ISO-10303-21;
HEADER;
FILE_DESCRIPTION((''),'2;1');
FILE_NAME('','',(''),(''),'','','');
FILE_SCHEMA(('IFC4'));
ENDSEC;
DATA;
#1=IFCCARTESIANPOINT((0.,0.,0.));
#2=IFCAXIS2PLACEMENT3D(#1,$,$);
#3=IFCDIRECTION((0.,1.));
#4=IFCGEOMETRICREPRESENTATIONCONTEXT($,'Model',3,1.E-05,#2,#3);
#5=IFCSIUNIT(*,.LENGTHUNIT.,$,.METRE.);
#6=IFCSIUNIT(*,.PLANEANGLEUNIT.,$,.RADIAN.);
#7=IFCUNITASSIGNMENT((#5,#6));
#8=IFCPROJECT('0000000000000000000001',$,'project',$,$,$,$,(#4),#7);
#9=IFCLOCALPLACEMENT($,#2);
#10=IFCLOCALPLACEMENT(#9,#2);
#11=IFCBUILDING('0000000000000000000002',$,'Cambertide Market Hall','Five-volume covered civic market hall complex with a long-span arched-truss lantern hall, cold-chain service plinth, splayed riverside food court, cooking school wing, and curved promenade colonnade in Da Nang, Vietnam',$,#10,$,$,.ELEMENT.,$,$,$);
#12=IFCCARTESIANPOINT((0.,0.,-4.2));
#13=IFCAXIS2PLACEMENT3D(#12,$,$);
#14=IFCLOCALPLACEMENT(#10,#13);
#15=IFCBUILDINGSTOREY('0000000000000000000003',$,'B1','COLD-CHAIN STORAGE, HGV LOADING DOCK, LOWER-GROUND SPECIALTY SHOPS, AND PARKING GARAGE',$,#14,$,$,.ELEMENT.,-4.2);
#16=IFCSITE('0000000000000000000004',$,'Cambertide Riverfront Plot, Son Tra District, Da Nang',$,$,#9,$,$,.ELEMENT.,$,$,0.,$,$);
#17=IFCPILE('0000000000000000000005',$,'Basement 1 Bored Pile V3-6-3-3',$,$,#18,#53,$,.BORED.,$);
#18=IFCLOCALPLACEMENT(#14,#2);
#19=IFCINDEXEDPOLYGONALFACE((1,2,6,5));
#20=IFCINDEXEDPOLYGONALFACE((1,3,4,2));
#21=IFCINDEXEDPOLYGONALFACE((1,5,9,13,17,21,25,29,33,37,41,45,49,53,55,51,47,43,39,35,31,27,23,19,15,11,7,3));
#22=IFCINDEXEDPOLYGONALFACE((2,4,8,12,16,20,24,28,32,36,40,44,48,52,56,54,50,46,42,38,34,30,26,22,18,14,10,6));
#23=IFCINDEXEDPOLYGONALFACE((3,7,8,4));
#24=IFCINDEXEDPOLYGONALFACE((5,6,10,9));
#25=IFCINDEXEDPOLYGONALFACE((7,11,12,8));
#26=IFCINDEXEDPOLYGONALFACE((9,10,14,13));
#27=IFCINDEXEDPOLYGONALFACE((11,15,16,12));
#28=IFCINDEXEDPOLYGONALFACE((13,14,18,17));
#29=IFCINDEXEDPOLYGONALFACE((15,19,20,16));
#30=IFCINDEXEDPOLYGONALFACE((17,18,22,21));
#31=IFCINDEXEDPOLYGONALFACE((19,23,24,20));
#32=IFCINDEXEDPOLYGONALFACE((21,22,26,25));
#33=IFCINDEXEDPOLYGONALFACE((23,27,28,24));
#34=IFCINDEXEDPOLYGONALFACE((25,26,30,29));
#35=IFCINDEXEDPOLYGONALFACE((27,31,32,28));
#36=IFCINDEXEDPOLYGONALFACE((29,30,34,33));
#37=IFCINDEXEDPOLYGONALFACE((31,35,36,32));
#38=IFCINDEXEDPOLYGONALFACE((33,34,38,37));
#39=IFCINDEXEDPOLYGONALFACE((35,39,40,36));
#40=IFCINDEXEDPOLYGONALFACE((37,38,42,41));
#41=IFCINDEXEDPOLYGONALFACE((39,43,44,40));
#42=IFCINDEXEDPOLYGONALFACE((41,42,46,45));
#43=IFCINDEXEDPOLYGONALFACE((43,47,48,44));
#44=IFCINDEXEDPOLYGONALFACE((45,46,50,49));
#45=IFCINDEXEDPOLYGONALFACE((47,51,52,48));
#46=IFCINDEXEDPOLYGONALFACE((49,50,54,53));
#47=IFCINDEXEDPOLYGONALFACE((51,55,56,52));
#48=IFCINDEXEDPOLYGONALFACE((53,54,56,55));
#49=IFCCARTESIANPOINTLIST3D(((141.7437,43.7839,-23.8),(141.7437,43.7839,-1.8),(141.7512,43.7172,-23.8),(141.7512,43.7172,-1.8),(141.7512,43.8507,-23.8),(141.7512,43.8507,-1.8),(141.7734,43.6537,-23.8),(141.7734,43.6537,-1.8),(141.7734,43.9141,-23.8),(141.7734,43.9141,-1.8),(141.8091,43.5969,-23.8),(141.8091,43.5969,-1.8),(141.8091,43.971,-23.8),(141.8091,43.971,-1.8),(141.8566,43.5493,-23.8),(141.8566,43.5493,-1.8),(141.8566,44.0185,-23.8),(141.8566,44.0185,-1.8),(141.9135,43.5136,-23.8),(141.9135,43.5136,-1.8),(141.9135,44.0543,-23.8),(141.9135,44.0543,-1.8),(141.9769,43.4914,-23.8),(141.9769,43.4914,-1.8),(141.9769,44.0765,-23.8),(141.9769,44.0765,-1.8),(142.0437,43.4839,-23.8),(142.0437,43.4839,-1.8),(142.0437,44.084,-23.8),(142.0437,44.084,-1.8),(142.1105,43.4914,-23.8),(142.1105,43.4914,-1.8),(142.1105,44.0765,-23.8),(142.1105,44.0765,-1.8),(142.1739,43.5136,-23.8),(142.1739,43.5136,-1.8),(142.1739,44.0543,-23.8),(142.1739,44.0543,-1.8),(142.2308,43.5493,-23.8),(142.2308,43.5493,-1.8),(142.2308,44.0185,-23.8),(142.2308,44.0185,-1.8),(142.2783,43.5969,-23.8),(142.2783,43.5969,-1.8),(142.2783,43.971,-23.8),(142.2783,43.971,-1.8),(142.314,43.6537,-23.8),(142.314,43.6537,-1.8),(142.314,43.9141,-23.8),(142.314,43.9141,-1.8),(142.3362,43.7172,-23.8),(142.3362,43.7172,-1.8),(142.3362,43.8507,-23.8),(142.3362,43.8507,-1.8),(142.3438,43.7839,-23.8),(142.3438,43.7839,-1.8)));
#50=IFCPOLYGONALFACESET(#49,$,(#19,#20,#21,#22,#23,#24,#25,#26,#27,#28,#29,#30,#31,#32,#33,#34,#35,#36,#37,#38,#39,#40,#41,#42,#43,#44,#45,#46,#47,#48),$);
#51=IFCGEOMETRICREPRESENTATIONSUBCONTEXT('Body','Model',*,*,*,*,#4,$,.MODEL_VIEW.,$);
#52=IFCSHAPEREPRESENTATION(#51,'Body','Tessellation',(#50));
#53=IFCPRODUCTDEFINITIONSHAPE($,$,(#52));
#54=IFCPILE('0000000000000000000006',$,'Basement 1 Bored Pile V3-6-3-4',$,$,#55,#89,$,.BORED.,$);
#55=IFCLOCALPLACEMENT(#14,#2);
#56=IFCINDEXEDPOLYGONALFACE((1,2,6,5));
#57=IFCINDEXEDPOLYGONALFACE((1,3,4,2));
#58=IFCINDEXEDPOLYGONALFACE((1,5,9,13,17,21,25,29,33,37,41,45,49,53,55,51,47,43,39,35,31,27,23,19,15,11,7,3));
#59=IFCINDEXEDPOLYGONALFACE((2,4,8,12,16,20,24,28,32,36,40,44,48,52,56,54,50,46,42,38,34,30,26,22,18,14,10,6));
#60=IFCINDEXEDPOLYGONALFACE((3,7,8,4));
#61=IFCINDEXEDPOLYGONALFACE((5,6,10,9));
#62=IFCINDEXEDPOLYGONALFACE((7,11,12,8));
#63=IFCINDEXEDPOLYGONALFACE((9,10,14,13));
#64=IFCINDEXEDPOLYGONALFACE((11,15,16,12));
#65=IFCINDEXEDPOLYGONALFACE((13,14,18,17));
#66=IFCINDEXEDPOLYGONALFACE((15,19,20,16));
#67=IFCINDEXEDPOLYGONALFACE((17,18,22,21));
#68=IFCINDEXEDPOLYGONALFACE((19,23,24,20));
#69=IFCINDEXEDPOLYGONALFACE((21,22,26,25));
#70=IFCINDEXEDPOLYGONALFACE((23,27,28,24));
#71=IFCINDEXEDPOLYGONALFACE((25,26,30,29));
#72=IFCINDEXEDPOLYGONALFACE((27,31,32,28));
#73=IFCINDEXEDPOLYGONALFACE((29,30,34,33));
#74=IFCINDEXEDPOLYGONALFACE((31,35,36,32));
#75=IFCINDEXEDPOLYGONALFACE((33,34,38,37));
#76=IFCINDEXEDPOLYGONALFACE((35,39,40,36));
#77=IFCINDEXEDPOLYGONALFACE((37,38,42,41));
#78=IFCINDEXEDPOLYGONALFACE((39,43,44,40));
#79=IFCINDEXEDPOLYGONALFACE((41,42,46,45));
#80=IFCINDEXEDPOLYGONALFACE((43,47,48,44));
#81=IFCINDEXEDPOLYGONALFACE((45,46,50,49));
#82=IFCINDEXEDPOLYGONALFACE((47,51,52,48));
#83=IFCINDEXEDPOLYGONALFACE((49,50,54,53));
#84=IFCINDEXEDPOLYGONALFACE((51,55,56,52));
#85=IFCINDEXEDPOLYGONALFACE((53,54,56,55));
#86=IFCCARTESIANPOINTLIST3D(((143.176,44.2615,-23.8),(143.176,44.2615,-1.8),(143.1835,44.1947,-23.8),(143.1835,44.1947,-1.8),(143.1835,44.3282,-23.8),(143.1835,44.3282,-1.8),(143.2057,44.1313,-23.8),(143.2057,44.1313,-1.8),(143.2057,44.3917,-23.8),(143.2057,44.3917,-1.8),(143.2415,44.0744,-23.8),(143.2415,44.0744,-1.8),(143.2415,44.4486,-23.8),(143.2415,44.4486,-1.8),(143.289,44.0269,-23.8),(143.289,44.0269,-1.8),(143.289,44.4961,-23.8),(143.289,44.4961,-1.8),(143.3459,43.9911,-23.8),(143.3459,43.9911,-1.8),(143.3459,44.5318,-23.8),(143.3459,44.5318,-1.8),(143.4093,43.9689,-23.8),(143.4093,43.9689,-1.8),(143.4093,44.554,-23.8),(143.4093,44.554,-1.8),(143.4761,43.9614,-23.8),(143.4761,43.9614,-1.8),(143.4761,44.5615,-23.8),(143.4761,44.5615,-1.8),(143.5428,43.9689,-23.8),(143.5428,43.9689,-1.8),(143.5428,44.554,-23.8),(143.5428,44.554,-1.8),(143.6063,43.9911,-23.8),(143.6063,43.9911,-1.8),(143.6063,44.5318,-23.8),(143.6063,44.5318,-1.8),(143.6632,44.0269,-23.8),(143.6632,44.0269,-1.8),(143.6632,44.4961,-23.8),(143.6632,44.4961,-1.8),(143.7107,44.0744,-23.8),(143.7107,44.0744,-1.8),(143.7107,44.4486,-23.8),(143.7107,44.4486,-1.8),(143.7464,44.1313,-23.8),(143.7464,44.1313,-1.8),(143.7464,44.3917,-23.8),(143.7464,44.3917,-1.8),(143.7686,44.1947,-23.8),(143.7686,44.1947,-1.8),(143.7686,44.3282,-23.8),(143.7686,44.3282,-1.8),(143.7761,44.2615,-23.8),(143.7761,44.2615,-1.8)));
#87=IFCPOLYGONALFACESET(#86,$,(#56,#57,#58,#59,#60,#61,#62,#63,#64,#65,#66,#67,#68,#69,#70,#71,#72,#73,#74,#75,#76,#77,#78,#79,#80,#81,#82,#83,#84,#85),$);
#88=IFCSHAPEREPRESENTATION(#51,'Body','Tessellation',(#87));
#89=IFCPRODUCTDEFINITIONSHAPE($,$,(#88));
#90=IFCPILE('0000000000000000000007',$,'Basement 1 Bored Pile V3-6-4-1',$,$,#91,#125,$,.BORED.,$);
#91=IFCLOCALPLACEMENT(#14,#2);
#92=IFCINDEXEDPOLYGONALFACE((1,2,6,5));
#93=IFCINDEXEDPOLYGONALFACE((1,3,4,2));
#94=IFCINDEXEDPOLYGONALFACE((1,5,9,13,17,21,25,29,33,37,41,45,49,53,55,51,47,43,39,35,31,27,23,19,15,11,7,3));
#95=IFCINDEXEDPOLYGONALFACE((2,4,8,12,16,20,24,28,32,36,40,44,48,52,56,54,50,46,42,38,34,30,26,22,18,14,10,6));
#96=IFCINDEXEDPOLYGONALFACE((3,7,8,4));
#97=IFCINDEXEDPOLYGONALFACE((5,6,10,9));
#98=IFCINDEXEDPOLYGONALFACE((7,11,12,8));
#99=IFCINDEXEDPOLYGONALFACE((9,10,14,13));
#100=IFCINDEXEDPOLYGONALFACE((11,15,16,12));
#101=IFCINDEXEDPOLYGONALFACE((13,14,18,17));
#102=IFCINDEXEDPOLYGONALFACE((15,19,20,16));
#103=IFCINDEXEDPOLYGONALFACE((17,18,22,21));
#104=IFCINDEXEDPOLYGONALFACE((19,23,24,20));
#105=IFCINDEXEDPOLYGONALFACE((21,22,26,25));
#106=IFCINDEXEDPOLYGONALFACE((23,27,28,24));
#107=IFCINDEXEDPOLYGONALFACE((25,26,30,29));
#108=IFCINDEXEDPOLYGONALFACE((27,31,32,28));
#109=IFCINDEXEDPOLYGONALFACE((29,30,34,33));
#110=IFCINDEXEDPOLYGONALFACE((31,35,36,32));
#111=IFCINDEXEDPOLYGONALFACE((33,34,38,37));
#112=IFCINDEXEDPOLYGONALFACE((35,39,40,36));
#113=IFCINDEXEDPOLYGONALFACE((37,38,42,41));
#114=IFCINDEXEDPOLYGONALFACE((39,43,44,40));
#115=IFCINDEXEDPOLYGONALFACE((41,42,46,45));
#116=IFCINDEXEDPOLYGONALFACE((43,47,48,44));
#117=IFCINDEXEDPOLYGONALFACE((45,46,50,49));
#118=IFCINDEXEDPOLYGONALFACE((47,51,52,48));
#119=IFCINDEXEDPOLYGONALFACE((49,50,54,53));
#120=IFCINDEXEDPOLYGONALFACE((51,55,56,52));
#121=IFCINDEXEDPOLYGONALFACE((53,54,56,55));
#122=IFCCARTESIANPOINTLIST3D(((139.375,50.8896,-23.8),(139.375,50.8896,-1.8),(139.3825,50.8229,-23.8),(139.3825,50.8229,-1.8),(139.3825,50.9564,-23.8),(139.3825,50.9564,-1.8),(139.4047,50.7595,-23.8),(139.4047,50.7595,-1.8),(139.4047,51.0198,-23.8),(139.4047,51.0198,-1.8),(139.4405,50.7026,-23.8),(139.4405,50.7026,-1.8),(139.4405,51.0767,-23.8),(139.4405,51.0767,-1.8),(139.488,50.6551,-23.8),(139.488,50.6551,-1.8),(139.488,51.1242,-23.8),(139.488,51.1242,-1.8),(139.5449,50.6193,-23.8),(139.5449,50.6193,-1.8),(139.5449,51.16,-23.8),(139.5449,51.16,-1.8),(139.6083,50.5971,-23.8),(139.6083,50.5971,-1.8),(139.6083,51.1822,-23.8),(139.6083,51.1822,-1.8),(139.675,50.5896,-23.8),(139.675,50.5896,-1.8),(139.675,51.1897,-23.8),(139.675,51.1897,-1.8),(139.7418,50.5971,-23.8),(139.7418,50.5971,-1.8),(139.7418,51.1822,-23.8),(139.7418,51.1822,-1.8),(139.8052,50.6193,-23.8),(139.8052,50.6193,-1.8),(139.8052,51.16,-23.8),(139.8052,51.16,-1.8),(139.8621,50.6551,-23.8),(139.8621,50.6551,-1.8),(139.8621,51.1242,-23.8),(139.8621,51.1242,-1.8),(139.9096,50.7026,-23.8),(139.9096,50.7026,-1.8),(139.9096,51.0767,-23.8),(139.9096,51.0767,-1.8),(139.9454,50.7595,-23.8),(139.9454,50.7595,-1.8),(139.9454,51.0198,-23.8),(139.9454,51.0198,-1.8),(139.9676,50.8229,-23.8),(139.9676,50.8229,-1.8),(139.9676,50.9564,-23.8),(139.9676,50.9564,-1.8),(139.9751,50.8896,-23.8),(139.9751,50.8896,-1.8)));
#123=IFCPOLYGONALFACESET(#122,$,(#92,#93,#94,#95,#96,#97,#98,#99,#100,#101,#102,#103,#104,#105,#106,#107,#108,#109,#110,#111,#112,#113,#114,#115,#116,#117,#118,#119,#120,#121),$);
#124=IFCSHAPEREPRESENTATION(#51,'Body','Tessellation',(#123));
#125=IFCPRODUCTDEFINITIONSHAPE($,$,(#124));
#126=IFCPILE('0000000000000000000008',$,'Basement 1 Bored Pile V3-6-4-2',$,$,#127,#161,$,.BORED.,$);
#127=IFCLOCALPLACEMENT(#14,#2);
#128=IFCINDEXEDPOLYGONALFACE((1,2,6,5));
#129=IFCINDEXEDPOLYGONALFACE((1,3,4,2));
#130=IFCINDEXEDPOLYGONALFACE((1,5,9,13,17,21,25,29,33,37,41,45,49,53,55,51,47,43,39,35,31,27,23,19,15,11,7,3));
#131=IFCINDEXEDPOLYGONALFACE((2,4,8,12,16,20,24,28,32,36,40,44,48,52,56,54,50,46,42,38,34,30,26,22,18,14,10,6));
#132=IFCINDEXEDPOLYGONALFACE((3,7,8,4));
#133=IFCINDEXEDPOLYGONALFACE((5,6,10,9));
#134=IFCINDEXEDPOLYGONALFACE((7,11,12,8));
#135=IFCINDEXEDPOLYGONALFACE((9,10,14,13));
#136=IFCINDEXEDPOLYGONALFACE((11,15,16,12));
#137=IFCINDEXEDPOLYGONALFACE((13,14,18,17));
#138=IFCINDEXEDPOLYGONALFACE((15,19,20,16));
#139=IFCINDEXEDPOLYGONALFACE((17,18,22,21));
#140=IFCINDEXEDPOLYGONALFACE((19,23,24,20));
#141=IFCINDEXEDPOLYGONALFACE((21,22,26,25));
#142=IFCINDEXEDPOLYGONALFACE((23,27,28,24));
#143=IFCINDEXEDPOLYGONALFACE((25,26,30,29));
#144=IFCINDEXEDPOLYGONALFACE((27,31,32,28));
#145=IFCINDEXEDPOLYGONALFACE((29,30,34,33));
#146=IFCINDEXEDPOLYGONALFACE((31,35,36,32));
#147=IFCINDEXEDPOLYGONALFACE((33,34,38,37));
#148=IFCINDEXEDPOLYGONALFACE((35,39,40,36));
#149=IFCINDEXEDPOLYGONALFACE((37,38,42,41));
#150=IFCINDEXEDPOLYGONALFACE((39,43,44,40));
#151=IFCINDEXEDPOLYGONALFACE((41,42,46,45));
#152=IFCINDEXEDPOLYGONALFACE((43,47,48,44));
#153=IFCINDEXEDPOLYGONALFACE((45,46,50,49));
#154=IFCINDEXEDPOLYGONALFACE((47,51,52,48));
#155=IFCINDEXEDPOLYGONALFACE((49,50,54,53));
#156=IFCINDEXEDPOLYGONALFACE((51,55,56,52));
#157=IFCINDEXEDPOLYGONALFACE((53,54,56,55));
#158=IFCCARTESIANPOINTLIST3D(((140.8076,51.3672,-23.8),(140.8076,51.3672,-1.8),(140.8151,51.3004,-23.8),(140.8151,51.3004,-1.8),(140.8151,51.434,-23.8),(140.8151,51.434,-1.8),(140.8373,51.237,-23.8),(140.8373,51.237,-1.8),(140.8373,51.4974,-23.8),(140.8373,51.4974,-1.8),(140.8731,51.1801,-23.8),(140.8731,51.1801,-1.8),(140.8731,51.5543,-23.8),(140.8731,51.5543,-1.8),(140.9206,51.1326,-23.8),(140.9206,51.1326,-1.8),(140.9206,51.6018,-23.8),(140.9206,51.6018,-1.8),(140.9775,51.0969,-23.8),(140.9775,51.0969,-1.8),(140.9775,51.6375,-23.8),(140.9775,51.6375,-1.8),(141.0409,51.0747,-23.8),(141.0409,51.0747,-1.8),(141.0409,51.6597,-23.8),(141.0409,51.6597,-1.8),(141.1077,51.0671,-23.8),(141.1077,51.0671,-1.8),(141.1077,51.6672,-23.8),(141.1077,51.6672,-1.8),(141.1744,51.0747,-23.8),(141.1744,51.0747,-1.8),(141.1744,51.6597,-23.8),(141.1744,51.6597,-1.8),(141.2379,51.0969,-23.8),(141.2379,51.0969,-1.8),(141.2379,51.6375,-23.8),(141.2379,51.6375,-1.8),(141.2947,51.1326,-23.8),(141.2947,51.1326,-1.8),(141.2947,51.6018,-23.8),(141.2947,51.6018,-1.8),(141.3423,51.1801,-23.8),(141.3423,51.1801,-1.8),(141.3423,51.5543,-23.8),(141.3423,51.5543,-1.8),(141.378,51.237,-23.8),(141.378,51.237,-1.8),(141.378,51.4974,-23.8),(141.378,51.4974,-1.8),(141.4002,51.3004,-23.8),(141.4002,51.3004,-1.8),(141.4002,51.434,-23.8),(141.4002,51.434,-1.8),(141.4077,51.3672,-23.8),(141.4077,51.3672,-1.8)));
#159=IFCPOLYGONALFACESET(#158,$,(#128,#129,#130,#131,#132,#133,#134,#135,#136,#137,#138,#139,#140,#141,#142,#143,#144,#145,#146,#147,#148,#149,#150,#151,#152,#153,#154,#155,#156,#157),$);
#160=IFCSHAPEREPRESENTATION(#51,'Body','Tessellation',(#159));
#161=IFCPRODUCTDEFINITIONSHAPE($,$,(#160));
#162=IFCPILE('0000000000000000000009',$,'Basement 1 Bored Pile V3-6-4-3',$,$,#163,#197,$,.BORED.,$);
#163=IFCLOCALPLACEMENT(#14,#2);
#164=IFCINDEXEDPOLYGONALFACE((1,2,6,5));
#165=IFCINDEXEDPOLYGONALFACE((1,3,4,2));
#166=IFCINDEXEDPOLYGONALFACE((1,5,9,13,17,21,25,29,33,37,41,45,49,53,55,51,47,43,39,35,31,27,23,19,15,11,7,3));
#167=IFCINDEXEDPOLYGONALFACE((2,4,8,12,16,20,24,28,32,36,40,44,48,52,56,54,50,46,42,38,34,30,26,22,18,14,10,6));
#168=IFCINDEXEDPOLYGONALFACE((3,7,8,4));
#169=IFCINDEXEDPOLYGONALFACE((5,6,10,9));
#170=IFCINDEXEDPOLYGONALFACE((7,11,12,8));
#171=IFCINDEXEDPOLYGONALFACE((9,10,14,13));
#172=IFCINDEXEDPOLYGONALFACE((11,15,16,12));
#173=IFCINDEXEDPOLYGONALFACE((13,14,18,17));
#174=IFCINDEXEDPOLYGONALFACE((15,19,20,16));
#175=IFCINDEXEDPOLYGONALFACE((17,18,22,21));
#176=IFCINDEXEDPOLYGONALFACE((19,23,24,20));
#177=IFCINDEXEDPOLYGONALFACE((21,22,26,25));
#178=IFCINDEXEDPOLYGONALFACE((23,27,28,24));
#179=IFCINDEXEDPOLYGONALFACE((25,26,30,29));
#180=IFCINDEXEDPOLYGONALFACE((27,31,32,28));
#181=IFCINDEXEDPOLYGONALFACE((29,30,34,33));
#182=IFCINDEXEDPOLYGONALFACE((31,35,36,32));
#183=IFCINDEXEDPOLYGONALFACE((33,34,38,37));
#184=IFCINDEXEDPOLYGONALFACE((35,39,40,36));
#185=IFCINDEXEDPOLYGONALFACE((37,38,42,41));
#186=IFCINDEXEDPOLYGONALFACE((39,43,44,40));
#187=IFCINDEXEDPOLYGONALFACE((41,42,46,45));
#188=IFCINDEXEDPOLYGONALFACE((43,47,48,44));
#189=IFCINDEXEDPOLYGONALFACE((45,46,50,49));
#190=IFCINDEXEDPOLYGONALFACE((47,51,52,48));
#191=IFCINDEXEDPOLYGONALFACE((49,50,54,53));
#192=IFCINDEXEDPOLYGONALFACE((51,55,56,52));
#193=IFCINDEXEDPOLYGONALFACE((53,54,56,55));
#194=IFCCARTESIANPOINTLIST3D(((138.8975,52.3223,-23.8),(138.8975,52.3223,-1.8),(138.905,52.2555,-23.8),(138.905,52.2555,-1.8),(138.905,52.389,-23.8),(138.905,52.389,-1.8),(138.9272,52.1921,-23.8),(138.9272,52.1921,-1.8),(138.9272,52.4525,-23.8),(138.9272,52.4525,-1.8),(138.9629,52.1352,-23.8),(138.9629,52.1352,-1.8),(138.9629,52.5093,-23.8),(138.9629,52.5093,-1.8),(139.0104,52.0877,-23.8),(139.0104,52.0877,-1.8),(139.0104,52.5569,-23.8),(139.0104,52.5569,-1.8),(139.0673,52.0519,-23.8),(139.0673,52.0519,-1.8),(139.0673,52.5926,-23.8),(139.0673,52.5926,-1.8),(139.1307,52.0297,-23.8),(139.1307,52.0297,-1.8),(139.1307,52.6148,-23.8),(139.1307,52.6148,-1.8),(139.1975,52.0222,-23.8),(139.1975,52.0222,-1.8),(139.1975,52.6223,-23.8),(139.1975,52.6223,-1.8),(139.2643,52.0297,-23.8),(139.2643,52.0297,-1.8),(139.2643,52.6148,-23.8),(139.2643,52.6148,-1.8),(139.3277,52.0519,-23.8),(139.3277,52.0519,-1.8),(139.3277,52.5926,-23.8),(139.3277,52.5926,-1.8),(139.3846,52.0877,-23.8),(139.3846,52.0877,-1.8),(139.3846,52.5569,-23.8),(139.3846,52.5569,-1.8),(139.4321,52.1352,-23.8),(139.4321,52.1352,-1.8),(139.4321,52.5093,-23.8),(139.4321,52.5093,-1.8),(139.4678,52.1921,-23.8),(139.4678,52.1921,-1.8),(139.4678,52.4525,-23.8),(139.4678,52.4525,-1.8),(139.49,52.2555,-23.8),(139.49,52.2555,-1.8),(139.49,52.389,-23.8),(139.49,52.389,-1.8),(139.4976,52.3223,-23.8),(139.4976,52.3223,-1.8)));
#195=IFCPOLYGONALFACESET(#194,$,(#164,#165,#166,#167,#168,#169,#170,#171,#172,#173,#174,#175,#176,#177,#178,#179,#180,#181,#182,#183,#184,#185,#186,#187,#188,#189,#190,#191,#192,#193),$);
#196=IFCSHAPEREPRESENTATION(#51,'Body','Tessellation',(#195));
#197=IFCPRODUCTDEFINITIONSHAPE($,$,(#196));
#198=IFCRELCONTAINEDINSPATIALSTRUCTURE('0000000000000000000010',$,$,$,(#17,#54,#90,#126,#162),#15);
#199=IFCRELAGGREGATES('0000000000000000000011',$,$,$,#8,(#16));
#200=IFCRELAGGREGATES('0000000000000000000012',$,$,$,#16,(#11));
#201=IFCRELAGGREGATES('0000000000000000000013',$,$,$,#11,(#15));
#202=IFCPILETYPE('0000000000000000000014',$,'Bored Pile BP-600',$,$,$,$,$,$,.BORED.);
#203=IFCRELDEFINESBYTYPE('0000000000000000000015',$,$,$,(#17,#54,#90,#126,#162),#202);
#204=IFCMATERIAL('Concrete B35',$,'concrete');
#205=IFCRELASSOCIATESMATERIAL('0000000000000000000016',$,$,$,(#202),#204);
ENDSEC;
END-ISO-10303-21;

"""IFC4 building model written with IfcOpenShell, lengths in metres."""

from ifc_helpers import new_model, si_unit, direction, frame, origin, origin_2d, place, context, subcontext, project, spatial, circle, extrude, material, material_profile, profile_set, type_object, element, save


model = new_model("IFC4")

# Units and contexts
model_context = context("Model", 3, precision=1e-05, world=origin(), true_north=direction((0.0, 1.0)))
body_context = subcontext(model_context, "Body", "Model", "MODEL_VIEW")
ifc_project = project(units=[si_unit("LENGTHUNIT", "METRE"), si_unit("PLANEANGLEUNIT", "RADIAN")], contexts=[model_context])

# Site, building, storey
site_placement = place(None, origin())
site = spatial("IfcSite", under=ifc_project, at=site_placement, Name="Cambertide Riverfront Plot, Son Tra District, Da Nang", CompositionType="ELEMENT", RefElevation=0.0)
building_placement = place(site_placement, origin())
building = spatial("IfcBuilding", under=site, at=building_placement, Name="Cambertide Market Hall", Description="Five-volume covered civic market hall complex with a long-span arched-truss lantern hall, cold-chain service plinth, splayed riverside food court, cooking school wing, and curved promenade colonnade in Da Nang, Vietnam", CompositionType="ELEMENT")
storey_placement = place(building_placement, frame((0.0, 0.0, -4.2)))
storey = spatial("IfcBuildingStorey", under=building, at=storey_placement, Name="B1", Description="COLD-CHAIN STORAGE, HGV LOADING DOCK, LOWER-GROUND SPECIALTY SHOPS, AND PARKING GARAGE", CompositionType="ELEMENT", Elevation=-4.2)

# Piles
ifc_material_1 = material(Name="Concrete B35", Category="concrete")
ifc_material_profile_1 = material_profile(ifc_material_1, circle(Radius=0.3, at=origin_2d()), Name="BP D600")
ifc_profile_set_1 = profile_set([ifc_material_profile_1], Name="Concrete B35")
pile_type = type_object("IfcPileType", Name="Bored Pile BP-600", PredefinedType="BORED", material=ifc_profile_set_1)
for number, where, z_axis, x_axis, name in (
    (1, (142.0437, 43.7839, -1.8), (0.0, 0.0, -1.0), (1.0, 0.0, 0.0), "Basement 1 Bored Pile V3-6-3-3"),
    (2, (143.4761, 44.2615, -1.8), (0.0, 0.0, -1.0), (1.0, 0.0, 0.0), "Basement 1 Bored Pile V3-6-3-4"),
    (3, (139.675, 50.8896, -1.8), (0.0, 0.0, -1.0), (1.0, 0.0, 0.0), "Basement 1 Bored Pile V3-6-4-1"),
    (4, (141.1077, 51.3672, -1.8), (0.0, 0.0, -1.0), (1.0, 0.0, 0.0), "Basement 1 Bored Pile V3-6-4-2"),
    (5, (139.1975, 52.3223, -1.8), (0.0, 0.0, -1.0), (1.0, 0.0, 0.0), "Basement 1 Bored Pile V3-6-4-3"),
):
    element("IfcPile", number, at=place(storey_placement, frame(where, z_axis=z_axis, x_axis=x_axis)), inside=storey, type_object=pile_type, Name=name, PredefinedType="BORED", context=body_context, shape_type="SweptSolid", body=[
        extrude(circle(Radius=0.3, at=origin_2d()), origin(), (0.0, 0.0, 1.0), 22.0),
    ])

save(model, "model.ifc")
